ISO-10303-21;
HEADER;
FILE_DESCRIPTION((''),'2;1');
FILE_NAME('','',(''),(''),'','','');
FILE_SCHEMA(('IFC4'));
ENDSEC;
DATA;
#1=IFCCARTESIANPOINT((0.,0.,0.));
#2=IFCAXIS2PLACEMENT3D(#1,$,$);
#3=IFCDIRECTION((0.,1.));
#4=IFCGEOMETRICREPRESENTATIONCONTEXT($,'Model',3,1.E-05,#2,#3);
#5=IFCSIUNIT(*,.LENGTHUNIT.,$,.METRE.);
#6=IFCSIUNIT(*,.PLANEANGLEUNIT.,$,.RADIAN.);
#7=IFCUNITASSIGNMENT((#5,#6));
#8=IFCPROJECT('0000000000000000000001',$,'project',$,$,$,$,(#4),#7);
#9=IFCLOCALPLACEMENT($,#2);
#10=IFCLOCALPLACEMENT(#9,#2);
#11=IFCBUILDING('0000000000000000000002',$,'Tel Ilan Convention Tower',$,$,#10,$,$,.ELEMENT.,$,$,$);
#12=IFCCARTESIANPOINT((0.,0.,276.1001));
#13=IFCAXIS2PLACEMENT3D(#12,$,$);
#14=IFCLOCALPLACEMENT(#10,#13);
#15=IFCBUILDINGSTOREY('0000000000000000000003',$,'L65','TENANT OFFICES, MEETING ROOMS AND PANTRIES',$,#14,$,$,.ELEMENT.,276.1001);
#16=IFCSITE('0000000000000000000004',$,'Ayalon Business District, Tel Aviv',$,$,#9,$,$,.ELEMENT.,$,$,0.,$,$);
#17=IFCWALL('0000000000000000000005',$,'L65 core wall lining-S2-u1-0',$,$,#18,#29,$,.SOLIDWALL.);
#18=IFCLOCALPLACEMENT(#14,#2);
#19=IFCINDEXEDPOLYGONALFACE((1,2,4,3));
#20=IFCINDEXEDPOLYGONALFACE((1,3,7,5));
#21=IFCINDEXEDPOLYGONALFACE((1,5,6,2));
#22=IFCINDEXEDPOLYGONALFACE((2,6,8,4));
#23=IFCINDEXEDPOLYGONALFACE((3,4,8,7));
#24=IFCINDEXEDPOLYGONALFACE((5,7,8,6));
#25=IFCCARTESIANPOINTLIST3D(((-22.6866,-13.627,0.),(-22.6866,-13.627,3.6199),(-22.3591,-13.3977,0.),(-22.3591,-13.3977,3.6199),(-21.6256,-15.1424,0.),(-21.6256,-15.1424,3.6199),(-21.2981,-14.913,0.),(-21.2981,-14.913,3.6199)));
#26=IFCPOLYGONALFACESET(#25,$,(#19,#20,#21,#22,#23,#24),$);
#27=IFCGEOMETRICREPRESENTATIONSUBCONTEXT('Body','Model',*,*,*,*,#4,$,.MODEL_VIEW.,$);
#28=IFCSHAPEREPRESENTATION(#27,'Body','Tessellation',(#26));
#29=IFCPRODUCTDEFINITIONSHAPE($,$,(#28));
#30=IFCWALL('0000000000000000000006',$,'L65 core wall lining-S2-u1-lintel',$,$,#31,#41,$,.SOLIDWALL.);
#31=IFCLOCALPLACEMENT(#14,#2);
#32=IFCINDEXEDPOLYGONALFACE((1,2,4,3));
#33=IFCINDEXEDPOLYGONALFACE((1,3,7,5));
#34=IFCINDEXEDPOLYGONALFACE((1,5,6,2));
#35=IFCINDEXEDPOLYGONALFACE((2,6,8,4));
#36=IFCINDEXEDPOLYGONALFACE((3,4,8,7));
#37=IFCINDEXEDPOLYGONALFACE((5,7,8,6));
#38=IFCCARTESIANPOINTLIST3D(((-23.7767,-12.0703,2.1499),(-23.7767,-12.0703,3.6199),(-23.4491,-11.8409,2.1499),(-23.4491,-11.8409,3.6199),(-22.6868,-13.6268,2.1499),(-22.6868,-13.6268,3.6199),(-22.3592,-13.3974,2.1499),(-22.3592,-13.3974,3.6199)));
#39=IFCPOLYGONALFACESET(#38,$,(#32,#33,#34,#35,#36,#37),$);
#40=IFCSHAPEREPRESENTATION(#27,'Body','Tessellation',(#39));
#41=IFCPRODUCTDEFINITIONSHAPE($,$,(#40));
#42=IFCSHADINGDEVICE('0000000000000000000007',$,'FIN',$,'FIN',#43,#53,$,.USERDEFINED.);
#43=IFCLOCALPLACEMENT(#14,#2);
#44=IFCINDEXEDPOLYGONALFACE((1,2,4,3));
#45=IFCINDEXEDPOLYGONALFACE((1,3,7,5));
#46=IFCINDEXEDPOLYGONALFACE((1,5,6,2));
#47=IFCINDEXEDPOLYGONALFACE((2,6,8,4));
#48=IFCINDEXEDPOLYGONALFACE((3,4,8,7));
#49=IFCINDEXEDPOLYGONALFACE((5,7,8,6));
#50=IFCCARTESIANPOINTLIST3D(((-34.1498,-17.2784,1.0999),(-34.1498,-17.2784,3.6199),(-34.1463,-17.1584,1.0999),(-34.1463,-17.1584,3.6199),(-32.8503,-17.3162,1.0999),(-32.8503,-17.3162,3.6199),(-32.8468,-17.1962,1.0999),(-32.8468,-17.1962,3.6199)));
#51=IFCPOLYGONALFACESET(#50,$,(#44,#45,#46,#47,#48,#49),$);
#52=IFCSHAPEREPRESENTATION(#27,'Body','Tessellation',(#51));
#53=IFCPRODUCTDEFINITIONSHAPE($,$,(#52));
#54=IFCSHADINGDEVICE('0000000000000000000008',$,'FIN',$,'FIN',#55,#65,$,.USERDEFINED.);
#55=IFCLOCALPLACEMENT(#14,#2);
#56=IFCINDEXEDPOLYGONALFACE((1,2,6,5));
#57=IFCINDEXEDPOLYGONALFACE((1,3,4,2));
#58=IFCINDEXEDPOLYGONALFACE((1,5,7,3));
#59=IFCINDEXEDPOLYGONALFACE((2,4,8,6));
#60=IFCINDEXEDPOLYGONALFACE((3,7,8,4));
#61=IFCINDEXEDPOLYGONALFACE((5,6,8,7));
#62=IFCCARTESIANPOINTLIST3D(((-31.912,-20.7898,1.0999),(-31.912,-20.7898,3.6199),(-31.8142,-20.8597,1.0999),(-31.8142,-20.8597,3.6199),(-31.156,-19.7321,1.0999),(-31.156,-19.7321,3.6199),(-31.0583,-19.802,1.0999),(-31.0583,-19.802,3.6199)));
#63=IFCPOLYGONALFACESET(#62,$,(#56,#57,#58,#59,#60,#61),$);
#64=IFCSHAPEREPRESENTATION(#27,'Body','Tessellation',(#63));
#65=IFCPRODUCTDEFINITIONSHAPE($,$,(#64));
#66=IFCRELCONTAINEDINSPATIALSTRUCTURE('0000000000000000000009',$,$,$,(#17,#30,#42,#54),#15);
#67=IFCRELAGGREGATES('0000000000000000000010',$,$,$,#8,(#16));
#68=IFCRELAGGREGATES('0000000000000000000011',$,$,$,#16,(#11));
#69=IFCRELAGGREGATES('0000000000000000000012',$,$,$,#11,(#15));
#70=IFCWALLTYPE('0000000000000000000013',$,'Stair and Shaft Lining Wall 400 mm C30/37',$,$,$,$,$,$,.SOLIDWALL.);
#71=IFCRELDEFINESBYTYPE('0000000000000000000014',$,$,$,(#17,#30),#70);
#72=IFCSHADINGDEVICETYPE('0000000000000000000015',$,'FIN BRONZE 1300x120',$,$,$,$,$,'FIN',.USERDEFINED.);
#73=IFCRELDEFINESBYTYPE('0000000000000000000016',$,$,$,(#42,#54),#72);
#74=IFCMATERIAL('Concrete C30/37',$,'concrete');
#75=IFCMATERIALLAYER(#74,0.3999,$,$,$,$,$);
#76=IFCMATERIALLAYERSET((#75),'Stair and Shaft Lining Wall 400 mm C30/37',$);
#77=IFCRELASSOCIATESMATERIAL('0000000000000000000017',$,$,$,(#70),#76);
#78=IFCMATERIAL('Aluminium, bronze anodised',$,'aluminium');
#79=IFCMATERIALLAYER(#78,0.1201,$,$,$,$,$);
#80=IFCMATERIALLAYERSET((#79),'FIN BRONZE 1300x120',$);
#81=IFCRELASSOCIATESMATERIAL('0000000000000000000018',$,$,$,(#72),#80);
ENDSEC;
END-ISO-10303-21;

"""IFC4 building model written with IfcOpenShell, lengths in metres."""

from ifc_helpers import new_model, si_unit, direction, frame, frame_2d, origin, origin_2d, place, context, subcontext, project, spatial, rectangle, extrude, material, layer, layer_set, type_object, element, save


model = new_model("IFC4")

# Units and contexts
model_context = context("Model", 3, precision=1e-05, world=origin(), true_north=direction((0.0, 1.0)))
body_context = subcontext(model_context, "Body", "Model", "MODEL_VIEW")
ifc_project = project(units=[si_unit("LENGTHUNIT", "METRE"), si_unit("PLANEANGLEUNIT", "RADIAN")], contexts=[model_context])

# Site, building, storey
site_placement = place(None, origin())
site = spatial("IfcSite", under=ifc_project, at=site_placement, Name="Ayalon Business District, Tel Aviv", CompositionType="ELEMENT", RefElevation=0.0)
building_placement = place(site_placement, origin())
building = spatial("IfcBuilding", under=site, at=building_placement, Name="Tel Ilan Convention Tower", CompositionType="ELEMENT")
storey_placement = place(building_placement, frame((0.0, 0.0, 276.1001)))
storey = spatial("IfcBuildingStorey", under=building, at=storey_placement, Name="L65", Description="TENANT OFFICES, MEETING ROOMS AND PANTRIES", CompositionType="ELEMENT", Elevation=276.1001)

# Walls
ifc_material_1 = material(Name="Concrete C30/37", Category="concrete")
ifc_layer_1 = layer(ifc_material_1, 0.3999)
ifc_layer_set_1 = layer_set([ifc_layer_1], Name="Stair and Shaft Lining Wall 400 mm C30/37")
wall_type_1 = type_object("IfcWallType", Name="Stair and Shaft Lining Wall 400 mm C30/37", PredefinedType="SOLIDWALL", material=ifc_layer_set_1)
wall_1_placement = place(storey_placement, frame((-21.4619, -15.0276, 0.0), z_axis=(0.0, 0.0, 1.0), x_axis=(-0.57356, 0.819164, 0.0)))
element("IfcWall", 1, at=wall_1_placement, inside=storey, type_object=wall_type_1, Name="L65 core wall lining-S2-u1-0", PredefinedType="SOLIDWALL", context=body_context, shape_type="SweptSolid", body=[
    extrude(rectangle(XDim=1.8499, YDim=0.3999, at=frame_2d((0.9248, 0.0))), origin(), (0.0, 0.0, 1.0), 3.6199),
])
wall_2_placement = place(storey_placement, frame((-22.5229, -13.5122, 2.1499), z_axis=(0.0, 0.0, 1.0), x_axis=(-0.573592, 0.819141, 0.0)))
element("IfcWall", 2, at=wall_2_placement, inside=storey, type_object=wall_type_1, Name="L65 core wall lining-S2-u1-lintel", PredefinedType="SOLIDWALL", context=body_context, shape_type="SweptSolid", body=[
    extrude(rectangle(XDim=1.9001, YDim=0.3999, at=frame_2d((0.9502, 0.0))), origin(), (0.0, 0.0, 1.0), 1.47),
])

# Shading devices
ifc_material_2 = material(Name="Aluminium, bronze anodised", Category="aluminium")
ifc_layer_2 = layer(ifc_material_2, 0.1201)
ifc_layer_set_2 = layer_set([ifc_layer_2], Name="FIN BRONZE 1300x120")
shading_device_type = type_object("IfcShadingDeviceType", Name="FIN BRONZE 1300x120", ElementType="FIN", PredefinedType="USERDEFINED", material=ifc_layer_set_2)
for number, where, z_axis, x_axis, name in (
    (3, (-33.4983, -17.2373, 1.0999), (0.0, 0.0, 1.0), (-0.999577, 0.029085, 0.0), "FIN"),
    (4, (-31.4851, -20.2959, 1.0999), (0.0, 0.0, 1.0), (-0.581492, -0.813552, 0.0), "FIN"),
):
    element("IfcShadingDevice", number, at=place(storey_placement, frame(where, z_axis=z_axis, x_axis=x_axis)), inside=storey, type_object=shading_device_type, Name=name, ObjectType="FIN", PredefinedType="USERDEFINED", context=body_context, shape_type="SweptSolid", body=[
        extrude(rectangle(XDim=1.3, YDim=0.1201, at=origin_2d()), origin(), (0.0, 0.0, 1.0), 2.52),
    ])

save(model, "model.ifc")
